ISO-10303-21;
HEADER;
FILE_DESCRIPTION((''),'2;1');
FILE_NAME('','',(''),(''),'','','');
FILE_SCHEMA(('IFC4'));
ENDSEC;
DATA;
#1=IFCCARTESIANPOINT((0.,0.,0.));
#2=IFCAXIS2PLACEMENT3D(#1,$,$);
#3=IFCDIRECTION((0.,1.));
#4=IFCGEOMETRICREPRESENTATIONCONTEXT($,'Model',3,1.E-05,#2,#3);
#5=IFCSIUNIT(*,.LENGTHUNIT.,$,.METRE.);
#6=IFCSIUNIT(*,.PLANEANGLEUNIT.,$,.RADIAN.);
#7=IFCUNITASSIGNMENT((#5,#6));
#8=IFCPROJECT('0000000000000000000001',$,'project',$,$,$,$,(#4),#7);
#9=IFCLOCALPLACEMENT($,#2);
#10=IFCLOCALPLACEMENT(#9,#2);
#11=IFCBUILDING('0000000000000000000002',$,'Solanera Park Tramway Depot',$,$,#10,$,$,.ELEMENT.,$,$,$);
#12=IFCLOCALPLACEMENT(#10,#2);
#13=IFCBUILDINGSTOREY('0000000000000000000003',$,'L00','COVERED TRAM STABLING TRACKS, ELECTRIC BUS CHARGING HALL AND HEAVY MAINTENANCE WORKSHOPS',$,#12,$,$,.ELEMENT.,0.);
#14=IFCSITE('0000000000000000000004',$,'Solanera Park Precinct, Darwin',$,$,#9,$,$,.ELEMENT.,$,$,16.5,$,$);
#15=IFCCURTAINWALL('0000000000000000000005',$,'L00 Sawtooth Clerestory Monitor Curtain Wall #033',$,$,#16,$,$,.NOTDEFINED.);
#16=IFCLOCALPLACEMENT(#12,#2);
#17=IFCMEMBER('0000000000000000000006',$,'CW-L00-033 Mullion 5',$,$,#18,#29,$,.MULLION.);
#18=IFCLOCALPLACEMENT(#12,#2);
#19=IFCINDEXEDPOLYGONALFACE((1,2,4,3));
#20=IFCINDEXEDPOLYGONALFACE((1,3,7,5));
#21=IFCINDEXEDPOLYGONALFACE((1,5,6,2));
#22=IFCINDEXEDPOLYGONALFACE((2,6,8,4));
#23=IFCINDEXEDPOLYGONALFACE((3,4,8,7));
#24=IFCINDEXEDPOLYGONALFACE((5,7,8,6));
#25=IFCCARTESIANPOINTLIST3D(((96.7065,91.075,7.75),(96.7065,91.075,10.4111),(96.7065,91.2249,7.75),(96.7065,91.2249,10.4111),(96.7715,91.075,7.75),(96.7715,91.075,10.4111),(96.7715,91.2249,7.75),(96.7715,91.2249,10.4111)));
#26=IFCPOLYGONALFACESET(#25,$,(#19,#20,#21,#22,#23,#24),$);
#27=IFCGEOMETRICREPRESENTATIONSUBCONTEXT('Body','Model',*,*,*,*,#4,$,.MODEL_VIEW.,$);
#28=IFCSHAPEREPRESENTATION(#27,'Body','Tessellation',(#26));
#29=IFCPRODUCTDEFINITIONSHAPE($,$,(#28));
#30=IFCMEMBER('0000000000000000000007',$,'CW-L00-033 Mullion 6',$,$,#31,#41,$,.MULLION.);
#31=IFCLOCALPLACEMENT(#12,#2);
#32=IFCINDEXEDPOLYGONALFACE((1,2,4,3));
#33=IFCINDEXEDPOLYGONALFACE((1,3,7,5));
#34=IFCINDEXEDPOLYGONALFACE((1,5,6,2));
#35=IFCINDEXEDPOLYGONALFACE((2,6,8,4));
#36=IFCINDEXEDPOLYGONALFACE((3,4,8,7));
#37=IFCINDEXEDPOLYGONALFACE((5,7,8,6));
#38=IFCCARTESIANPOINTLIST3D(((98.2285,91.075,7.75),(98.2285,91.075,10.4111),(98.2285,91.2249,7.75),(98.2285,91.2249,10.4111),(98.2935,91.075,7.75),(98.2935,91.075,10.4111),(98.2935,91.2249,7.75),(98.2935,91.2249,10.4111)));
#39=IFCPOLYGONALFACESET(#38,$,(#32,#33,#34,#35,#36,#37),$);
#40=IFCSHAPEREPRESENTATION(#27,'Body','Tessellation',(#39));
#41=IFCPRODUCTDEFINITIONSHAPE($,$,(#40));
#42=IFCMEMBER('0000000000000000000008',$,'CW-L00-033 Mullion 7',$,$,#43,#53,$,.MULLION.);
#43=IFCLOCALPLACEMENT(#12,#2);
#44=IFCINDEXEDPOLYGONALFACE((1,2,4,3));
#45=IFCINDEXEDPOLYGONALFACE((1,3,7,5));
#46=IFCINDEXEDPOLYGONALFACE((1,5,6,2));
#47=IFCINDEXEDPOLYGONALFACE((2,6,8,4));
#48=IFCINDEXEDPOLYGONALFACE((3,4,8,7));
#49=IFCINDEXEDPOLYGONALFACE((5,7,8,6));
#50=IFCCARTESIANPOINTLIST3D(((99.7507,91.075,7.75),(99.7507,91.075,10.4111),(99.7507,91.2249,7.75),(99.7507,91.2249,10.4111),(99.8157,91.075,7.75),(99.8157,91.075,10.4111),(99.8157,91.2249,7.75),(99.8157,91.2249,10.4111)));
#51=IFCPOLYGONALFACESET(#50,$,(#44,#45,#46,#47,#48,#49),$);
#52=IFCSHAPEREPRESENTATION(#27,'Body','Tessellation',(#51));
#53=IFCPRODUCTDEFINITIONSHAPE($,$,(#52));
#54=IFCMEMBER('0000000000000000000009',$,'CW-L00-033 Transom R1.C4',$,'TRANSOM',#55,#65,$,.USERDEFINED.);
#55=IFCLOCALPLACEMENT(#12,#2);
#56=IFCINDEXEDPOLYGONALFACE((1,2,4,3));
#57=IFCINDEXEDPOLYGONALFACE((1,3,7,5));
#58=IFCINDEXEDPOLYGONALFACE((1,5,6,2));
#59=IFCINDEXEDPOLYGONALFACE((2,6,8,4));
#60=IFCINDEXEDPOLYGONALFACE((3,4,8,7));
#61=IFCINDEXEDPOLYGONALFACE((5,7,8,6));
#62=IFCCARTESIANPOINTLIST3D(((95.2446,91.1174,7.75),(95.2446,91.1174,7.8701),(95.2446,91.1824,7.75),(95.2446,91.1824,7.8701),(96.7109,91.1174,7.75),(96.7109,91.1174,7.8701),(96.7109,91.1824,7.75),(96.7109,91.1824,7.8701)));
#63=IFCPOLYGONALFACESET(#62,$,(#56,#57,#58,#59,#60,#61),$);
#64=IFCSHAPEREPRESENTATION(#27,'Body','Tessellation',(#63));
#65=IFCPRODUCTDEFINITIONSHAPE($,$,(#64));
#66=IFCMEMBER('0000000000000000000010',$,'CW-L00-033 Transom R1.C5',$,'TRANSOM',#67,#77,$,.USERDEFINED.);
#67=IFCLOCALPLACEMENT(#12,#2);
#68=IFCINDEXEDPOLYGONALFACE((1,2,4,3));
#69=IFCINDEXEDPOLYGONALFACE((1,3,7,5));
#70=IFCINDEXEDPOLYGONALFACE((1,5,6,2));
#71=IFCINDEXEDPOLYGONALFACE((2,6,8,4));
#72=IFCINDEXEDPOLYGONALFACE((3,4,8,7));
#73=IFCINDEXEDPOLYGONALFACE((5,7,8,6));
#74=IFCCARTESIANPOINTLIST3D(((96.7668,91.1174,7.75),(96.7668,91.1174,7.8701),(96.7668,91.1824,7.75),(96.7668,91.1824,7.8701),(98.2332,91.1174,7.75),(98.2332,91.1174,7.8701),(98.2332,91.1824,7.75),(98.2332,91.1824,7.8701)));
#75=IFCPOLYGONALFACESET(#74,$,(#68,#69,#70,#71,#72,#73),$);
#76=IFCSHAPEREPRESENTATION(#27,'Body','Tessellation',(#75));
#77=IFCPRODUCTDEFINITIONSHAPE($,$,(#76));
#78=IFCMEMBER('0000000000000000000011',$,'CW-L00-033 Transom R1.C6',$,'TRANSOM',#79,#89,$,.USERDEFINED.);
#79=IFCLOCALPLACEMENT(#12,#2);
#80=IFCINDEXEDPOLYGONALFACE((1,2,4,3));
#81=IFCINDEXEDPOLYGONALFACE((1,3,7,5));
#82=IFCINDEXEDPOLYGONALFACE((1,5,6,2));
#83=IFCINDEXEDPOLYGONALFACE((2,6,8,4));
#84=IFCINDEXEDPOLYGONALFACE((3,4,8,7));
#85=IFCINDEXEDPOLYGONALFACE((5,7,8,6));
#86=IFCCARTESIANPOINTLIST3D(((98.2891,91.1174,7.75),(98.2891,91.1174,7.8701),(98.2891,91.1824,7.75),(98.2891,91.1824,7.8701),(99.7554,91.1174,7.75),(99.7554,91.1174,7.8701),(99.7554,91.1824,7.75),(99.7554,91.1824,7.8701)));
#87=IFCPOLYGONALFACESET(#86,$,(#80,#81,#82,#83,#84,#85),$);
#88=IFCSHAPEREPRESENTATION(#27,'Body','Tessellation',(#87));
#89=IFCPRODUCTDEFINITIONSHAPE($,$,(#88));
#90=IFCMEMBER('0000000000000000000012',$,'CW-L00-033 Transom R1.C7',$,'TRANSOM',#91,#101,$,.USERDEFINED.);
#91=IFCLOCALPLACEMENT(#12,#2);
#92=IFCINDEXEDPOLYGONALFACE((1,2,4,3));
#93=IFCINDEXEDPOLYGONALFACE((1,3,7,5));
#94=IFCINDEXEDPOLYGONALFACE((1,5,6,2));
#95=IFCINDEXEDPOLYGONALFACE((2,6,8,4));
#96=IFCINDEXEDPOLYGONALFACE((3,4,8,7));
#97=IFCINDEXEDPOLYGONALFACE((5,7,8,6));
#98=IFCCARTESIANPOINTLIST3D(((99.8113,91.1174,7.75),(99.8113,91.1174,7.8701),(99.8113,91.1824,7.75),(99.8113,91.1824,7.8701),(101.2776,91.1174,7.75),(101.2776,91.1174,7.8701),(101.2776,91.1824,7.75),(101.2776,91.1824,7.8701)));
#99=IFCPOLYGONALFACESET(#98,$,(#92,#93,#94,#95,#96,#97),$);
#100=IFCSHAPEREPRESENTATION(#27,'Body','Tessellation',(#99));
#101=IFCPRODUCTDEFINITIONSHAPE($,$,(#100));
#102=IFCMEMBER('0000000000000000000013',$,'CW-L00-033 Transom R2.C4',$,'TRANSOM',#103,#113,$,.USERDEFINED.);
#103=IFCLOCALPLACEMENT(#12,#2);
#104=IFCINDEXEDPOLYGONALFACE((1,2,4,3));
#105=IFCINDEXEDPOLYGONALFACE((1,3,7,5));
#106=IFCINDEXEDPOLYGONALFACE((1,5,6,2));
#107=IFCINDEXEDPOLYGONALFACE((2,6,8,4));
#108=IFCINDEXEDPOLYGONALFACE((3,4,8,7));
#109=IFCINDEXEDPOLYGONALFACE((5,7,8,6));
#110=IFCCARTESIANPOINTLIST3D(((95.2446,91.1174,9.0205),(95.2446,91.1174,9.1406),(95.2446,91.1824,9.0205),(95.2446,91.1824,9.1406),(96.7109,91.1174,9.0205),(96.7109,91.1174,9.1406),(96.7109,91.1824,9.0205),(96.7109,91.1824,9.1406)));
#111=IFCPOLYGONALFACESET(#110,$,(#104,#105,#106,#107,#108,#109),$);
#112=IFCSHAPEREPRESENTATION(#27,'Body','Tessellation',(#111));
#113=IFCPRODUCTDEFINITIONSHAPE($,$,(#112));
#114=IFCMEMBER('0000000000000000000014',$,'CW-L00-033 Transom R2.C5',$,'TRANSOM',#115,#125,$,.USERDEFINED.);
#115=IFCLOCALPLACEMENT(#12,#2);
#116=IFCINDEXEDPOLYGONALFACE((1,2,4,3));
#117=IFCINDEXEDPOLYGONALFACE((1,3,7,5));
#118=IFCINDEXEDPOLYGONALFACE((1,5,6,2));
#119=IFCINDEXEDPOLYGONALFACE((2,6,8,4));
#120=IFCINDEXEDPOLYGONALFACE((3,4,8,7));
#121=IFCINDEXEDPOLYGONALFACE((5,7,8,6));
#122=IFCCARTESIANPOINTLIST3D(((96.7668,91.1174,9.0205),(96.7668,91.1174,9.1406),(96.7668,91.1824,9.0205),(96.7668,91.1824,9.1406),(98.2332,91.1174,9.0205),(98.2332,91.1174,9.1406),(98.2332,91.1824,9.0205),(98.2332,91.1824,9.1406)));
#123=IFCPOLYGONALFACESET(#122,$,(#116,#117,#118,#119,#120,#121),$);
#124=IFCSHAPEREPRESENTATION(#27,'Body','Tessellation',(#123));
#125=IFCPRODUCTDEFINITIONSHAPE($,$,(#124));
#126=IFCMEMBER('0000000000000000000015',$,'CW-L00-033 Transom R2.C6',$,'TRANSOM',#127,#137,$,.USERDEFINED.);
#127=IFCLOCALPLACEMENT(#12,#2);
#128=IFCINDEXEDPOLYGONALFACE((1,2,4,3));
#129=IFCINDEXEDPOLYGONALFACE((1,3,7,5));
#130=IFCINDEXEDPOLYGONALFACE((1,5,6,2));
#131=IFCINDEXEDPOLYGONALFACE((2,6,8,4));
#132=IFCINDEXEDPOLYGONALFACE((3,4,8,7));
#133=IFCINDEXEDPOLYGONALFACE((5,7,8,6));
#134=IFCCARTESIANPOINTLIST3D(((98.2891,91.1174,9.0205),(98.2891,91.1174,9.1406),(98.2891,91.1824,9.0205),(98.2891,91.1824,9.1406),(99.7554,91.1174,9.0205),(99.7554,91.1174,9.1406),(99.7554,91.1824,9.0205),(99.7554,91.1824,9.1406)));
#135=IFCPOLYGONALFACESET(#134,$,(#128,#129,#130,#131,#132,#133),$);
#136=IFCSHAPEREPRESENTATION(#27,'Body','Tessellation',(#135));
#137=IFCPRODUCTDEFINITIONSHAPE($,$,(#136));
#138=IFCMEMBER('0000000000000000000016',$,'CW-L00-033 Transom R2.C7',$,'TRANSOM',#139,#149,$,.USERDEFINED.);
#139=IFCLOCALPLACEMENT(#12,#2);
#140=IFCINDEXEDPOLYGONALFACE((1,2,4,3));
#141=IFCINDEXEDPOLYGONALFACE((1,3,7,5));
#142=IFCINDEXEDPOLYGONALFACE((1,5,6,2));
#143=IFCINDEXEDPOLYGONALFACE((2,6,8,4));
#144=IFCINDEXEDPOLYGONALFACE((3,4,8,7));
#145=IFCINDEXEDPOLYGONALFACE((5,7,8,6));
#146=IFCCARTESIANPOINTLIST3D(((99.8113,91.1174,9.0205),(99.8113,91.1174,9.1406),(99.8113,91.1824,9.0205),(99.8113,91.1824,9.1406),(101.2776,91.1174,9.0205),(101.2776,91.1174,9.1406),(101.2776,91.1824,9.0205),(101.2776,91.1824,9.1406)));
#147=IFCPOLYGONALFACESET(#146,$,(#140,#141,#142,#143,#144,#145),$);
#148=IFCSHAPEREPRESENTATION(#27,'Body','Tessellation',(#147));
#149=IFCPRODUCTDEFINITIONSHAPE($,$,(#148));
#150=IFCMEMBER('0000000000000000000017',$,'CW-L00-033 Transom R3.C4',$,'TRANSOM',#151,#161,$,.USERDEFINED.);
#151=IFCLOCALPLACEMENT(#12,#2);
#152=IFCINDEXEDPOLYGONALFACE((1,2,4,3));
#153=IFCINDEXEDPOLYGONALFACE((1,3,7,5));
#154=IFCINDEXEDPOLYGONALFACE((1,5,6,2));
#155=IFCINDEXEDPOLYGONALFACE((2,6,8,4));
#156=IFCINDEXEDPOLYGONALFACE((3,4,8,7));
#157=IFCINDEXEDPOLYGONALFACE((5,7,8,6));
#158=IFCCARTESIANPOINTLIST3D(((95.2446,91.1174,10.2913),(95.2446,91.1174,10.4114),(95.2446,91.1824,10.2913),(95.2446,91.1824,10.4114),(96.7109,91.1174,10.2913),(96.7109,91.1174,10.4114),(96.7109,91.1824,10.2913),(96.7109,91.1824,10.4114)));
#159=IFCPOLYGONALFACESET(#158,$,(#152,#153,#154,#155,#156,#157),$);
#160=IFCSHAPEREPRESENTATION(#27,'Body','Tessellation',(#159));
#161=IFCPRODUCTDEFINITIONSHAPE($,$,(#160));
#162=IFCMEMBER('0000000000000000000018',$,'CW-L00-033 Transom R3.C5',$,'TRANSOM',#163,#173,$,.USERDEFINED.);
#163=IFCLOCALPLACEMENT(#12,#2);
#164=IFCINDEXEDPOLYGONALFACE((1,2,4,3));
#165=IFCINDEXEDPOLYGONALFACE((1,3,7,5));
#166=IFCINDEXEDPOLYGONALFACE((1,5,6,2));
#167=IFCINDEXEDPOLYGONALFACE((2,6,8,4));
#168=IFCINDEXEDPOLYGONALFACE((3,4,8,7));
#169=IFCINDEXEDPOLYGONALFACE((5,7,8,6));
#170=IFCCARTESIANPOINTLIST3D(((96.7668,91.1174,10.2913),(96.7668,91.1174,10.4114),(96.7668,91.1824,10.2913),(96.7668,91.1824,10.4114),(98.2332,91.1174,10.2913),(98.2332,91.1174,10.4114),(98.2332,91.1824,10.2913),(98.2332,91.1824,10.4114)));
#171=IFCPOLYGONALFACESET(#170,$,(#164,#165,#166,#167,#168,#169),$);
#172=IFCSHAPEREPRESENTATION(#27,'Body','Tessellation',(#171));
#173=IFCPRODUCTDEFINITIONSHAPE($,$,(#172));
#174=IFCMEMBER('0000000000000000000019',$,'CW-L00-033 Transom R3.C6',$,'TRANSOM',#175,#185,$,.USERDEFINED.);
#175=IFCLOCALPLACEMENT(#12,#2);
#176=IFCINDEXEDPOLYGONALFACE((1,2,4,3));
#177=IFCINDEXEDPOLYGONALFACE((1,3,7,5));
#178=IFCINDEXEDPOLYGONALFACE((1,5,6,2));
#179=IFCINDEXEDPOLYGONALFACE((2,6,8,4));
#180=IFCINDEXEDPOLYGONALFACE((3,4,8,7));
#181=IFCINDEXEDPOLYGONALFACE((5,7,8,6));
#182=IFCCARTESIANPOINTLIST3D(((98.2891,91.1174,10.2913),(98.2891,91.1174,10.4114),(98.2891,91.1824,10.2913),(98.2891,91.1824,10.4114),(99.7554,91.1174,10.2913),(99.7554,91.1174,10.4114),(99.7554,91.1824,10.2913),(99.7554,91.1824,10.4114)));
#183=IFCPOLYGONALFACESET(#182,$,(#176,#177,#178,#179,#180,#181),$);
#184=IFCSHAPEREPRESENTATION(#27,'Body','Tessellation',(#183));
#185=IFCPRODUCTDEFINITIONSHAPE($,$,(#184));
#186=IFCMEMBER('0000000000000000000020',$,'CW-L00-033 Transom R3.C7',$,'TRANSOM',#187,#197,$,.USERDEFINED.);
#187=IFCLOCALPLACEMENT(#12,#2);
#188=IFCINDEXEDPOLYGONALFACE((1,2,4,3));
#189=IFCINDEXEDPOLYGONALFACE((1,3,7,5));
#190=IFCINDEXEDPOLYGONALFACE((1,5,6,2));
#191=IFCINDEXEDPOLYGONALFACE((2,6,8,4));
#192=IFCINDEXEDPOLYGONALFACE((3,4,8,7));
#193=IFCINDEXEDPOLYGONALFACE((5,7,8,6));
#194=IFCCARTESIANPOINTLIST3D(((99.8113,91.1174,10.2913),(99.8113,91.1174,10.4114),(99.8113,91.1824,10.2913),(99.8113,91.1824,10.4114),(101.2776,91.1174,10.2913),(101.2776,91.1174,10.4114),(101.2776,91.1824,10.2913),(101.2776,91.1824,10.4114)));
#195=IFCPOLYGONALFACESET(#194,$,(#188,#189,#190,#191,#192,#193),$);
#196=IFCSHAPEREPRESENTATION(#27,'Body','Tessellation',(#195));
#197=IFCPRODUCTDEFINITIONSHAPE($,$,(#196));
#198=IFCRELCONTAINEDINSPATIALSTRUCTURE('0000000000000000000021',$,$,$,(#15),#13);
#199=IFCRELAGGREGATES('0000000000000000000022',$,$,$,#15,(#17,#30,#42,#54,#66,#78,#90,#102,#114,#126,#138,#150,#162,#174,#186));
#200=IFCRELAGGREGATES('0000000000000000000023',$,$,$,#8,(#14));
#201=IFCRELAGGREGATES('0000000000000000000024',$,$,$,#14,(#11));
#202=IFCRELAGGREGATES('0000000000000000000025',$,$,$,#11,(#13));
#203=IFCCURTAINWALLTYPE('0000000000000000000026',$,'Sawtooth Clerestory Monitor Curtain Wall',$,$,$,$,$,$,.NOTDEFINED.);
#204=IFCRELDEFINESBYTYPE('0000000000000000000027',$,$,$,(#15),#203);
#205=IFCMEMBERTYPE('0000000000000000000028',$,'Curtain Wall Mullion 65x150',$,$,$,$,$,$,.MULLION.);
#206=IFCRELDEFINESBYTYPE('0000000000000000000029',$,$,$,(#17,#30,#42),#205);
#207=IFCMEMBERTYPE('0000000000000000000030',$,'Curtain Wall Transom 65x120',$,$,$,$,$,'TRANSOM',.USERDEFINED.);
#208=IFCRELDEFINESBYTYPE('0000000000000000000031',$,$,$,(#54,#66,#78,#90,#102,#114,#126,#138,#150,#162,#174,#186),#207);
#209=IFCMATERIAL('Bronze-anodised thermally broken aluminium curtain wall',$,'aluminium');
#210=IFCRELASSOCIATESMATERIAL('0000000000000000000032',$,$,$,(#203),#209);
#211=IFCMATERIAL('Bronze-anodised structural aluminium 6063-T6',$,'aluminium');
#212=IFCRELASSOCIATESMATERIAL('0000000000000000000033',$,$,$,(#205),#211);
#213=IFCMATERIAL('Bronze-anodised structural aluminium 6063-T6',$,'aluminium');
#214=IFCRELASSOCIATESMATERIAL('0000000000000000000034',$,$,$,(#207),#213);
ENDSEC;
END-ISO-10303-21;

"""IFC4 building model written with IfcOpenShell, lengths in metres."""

from ifc_helpers import new_model, si_unit, direction, frame, origin, origin_2d, place, context, subcontext, project, spatial, rectangle, extrude, material, material_profile, profile_set, type_object, element, aggregate, save


model = new_model("IFC4")

# Units and contexts
model_context = context("Model", 3, precision=1e-05, world=origin(), true_north=direction((0.0, 1.0)))
body_context = subcontext(model_context, "Body", "Model", "MODEL_VIEW")
ifc_project = project(units=[si_unit("LENGTHUNIT", "METRE"), si_unit("PLANEANGLEUNIT", "RADIAN")], contexts=[model_context])

# Site, building, storey
site_placement = place(None, origin())
site = spatial("IfcSite", under=ifc_project, at=site_placement, Name="Solanera Park Precinct, Darwin", CompositionType="ELEMENT", RefElevation=16.5)
building_placement = place(site_placement, origin())
building = spatial("IfcBuilding", under=site, at=building_placement, Name="Solanera Park Tramway Depot", CompositionType="ELEMENT")
storey_placement = place(building_placement, origin())
storey = spatial("IfcBuildingStorey", under=building, at=storey_placement, Name="L00", Description="COVERED TRAM STABLING TRACKS, ELECTRIC BUS CHARGING HALL AND HEAVY MAINTENANCE WORKSHOPS", CompositionType="ELEMENT", Elevation=0.0)

# Curtain wall, members
ifc_material_1 = material(Name="Bronze-anodised thermally broken aluminium curtain wall", Category="aluminium")
curtain_wall_type = type_object("IfcCurtainWallType", Name="Sawtooth Clerestory Monitor Curtain Wall", PredefinedType="NOTDEFINED", material=ifc_material_1)
curtain_wall_placement = place(storey_placement, origin())
curtain_wall = element("IfcCurtainWall", 1, at=curtain_wall_placement, inside=storey, type_object=curtain_wall_type, Name="L00 Sawtooth Clerestory Monitor Curtain Wall #033", PredefinedType="NOTDEFINED")
ifc_material_2 = material(Name="Bronze-anodised structural aluminium 6063-T6", Category="aluminium")
ifc_material_profile_1 = material_profile(ifc_material_2, rectangle(XDim=0.0649, YDim=0.1499, at=origin_2d()), Name="Curtain Wall Mullion 65x150")
ifc_profile_set_1 = profile_set([ifc_material_profile_1], Name="Bronze-anodised structural aluminium 6063-T6")
member_type_1 = type_object("IfcMemberType", Name="Curtain Wall Mullion 65x150", PredefinedType="MULLION", material=ifc_profile_set_1)
member_1_placement = place(storey_placement, frame((96.739, 91.1499, 7.75), z_axis=(0.0, 0.0, 1.0), x_axis=(1.0, 0.0, 0.0)))
member_1 = element("IfcMember", 2, at=member_1_placement, type_object=member_type_1, Name="CW-L00-033 Mullion 5", PredefinedType="MULLION", context=body_context, shape_type="SweptSolid", body=[
    extrude(rectangle(XDim=0.0649, YDim=0.1499, at=origin_2d()), origin(), (0.0, 0.0, 1.0), 2.6611),
])
member_2_placement = place(storey_placement, frame((98.261, 91.1499, 7.75), z_axis=(0.0, 0.0, 1.0), x_axis=(1.0, 0.0, 0.0)))
member_2 = element("IfcMember", 3, at=member_2_placement, type_object=member_type_1, Name="CW-L00-033 Mullion 6", PredefinedType="MULLION", context=body_context, shape_type="SweptSolid", body=[
    extrude(rectangle(XDim=0.0649, YDim=0.1499, at=origin_2d()), origin(), (0.0, 0.0, 1.0), 2.6611),
])
member_3_placement = place(storey_placement, frame((99.7832, 91.1499, 7.75), z_axis=(0.0, 0.0, 1.0), x_axis=(1.0, 0.0, 0.0)))
member_3 = element("IfcMember", 4, at=member_3_placement, type_object=member_type_1, Name="CW-L00-033 Mullion 7", PredefinedType="MULLION", context=body_context, shape_type="SweptSolid", body=[
    extrude(rectangle(XDim=0.0649, YDim=0.1499, at=origin_2d()), origin(), (0.0, 0.0, 1.0), 2.6611),
])
ifc_material_3 = material(Name="Bronze-anodised structural aluminium 6063-T6", Category="aluminium")
ifc_material_profile_2 = material_profile(ifc_material_3, rectangle(XDim=0.0649, YDim=0.1201, at=origin_2d()), Name="Curtain Wall Transom 65x120")
ifc_profile_set_2 = profile_set([ifc_material_profile_2], Name="Bronze-anodised structural aluminium 6063-T6")
member_type_2 = type_object("IfcMemberType", Name="Curtain Wall Transom 65x120", ElementType="TRANSOM", PredefinedType="USERDEFINED", material=ifc_profile_set_2)
member_4_placement = place(storey_placement, frame((95.2446, 91.1499, 7.8101), z_axis=(1.0, 0.0, 0.0), x_axis=(0.0, 1.0, 0.0)))
member_4 = element("IfcMember", 5, at=member_4_placement, type_object=member_type_2, Name="CW-L00-033 Transom R1.C4", ObjectType="TRANSOM", PredefinedType="USERDEFINED", context=body_context, shape_type="SweptSolid", body=[
    extrude(rectangle(XDim=0.0649, YDim=0.1201, at=origin_2d()), origin(), (0.0, 0.0, 1.0), 1.4663),
])
member_5_placement = place(storey_placement, frame((96.7668, 91.1499, 7.8101), z_axis=(1.0, 0.0, 0.0), x_axis=(0.0, 1.0, 0.0)))
member_5 = element("IfcMember", 6, at=member_5_placement, type_object=member_type_2, Name="CW-L00-033 Transom R1.C5", ObjectType="TRANSOM", PredefinedType="USERDEFINED", context=body_context, shape_type="SweptSolid", body=[
    extrude(rectangle(XDim=0.0649, YDim=0.1201, at=origin_2d()), origin(), (0.0, 0.0, 1.0), 1.4663),
])
member_6_placement = place(storey_placement, frame((98.2891, 91.1499, 7.8101), z_axis=(1.0, 0.0, 0.0), x_axis=(0.0, 1.0, 0.0)))
member_6 = element("IfcMember", 7, at=member_6_placement, type_object=member_type_2, Name="CW-L00-033 Transom R1.C6", ObjectType="TRANSOM", PredefinedType="USERDEFINED", context=body_context, shape_type="SweptSolid", body=[
    extrude(rectangle(XDim=0.0649, YDim=0.1201, at=origin_2d()), origin(), (0.0, 0.0, 1.0), 1.4663),
])
member_7_placement = place(storey_placement, frame((99.8113, 91.1499, 7.8101), z_axis=(1.0, 0.0, 0.0), x_axis=(0.0, 1.0, 0.0)))
member_7 = element("IfcMember", 8, at=member_7_placement, type_object=member_type_2, Name="CW-L00-033 Transom R1.C7", ObjectType="TRANSOM", PredefinedType="USERDEFINED", context=body_context, shape_type="SweptSolid", body=[
    extrude(rectangle(XDim=0.0649, YDim=0.1201, at=origin_2d()), origin(), (0.0, 0.0, 1.0), 1.4663),
])
member_8_placement = place(storey_placement, frame((95.2446, 91.1499, 9.0806), z_axis=(1.0, 0.0, 0.0), x_axis=(0.0, 1.0, 0.0)))
member_8 = element("IfcMember", 9, at=member_8_placement, type_object=member_type_2, Name="CW-L00-033 Transom R2.C4", ObjectType="TRANSOM", PredefinedType="USERDEFINED", context=body_context, shape_type="SweptSolid", body=[
    extrude(rectangle(XDim=0.0649, YDim=0.1201, at=origin_2d()), origin(), (0.0, 0.0, 1.0), 1.4663),
])
member_9_placement = place(storey_placement, frame((96.7668, 91.1499, 9.0806), z_axis=(1.0, 0.0, 0.0), x_axis=(0.0, 1.0, 0.0)))
member_9 = element("IfcMember", 10, at=member_9_placement, type_object=member_type_2, Name="CW-L00-033 Transom R2.C5", ObjectType="TRANSOM", PredefinedType="USERDEFINED", context=body_context, shape_type="SweptSolid", body=[
    extrude(rectangle(XDim=0.0649, YDim=0.1201, at=origin_2d()), origin(), (0.0, 0.0, 1.0), 1.4663),
])
member_10_placement = place(storey_placement, frame((98.2891, 91.1499, 9.0806), z_axis=(1.0, 0.0, 0.0), x_axis=(0.0, 1.0, 0.0)))
member_10 = element("IfcMember", 11, at=member_10_placement, type_object=member_type_2, Name="CW-L00-033 Transom R2.C6", ObjectType="TRANSOM", PredefinedType="USERDEFINED", context=body_context, shape_type="SweptSolid", body=[
    extrude(rectangle(XDim=0.0649, YDim=0.1201, at=origin_2d()), origin(), (0.0, 0.0, 1.0), 1.4663),
])
member_11_placement = place(storey_placement, frame((99.8113, 91.1499, 9.0806), z_axis=(1.0, 0.0, 0.0), x_axis=(0.0, 1.0, 0.0)))
member_11 = element("IfcMember", 12, at=member_11_placement, type_object=member_type_2, Name="CW-L00-033 Transom R2.C7", ObjectType="TRANSOM", PredefinedType="USERDEFINED", context=body_context, shape_type="SweptSolid", body=[
    extrude(rectangle(XDim=0.0649, YDim=0.1201, at=origin_2d()), origin(), (0.0, 0.0, 1.0), 1.4663),
])
member_12_placement = place(storey_placement, frame((95.2446, 91.1499, 10.3513), z_axis=(1.0, 0.0, 0.0), x_axis=(0.0, 1.0, 0.0)))
member_12 = element("IfcMember", 13, at=member_12_placement, type_object=member_type_2, Name="CW-L00-033 Transom R3.C4", ObjectType="TRANSOM", PredefinedType="USERDEFINED", context=body_context, shape_type="SweptSolid", body=[
    extrude(rectangle(XDim=0.0649, YDim=0.1201, at=origin_2d()), origin(), (0.0, 0.0, 1.0), 1.4663),
])
member_13_placement = place(storey_placement, frame((96.7668, 91.1499, 10.3513), z_axis=(1.0, 0.0, 0.0), x_axis=(0.0, 1.0, 0.0)))
member_13 = element("IfcMember", 14, at=member_13_placement, type_object=member_type_2, Name="CW-L00-033 Transom R3.C5", ObjectType="TRANSOM", PredefinedType="USERDEFINED", context=body_context, shape_type="SweptSolid", body=[
    extrude(rectangle(XDim=0.0649, YDim=0.1201, at=origin_2d()), origin(), (0.0, 0.0, 1.0), 1.4663),
])
member_14_placement = place(storey_placement, frame((98.2891, 91.1499, 10.3513), z_axis=(1.0, 0.0, 0.0), x_axis=(0.0, 1.0, 0.0)))
member_14 = element("IfcMember", 15, at=member_14_placement, type_object=member_type_2, Name="CW-L00-033 Transom R3.C6", ObjectType="TRANSOM", PredefinedType="USERDEFINED", context=body_context, shape_type="SweptSolid", body=[
    extrude(rectangle(XDim=0.0649, YDim=0.1201, at=origin_2d()), origin(), (0.0, 0.0, 1.0), 1.4663),
])
member_15_placement = place(storey_placement, frame((99.8113, 91.1499, 10.3513), z_axis=(1.0, 0.0, 0.0), x_axis=(0.0, 1.0, 0.0)))
member_15 = element("IfcMember", 16, at=member_15_placement, type_object=member_type_2, Name="CW-L00-033 Transom R3.C7", ObjectType="TRANSOM", PredefinedType="USERDEFINED", context=body_context, shape_type="SweptSolid", body=[
    extrude(rectangle(XDim=0.0649, YDim=0.1201, at=origin_2d()), origin(), (0.0, 0.0, 1.0), 1.4663),
])

aggregate(curtain_wall, [member_1, member_2, member_3, member_4, member_5, member_6, member_7, member_8, member_9, member_10, member_11, member_12, member_13, member_14, member_15])

save(model, "model.ifc")
